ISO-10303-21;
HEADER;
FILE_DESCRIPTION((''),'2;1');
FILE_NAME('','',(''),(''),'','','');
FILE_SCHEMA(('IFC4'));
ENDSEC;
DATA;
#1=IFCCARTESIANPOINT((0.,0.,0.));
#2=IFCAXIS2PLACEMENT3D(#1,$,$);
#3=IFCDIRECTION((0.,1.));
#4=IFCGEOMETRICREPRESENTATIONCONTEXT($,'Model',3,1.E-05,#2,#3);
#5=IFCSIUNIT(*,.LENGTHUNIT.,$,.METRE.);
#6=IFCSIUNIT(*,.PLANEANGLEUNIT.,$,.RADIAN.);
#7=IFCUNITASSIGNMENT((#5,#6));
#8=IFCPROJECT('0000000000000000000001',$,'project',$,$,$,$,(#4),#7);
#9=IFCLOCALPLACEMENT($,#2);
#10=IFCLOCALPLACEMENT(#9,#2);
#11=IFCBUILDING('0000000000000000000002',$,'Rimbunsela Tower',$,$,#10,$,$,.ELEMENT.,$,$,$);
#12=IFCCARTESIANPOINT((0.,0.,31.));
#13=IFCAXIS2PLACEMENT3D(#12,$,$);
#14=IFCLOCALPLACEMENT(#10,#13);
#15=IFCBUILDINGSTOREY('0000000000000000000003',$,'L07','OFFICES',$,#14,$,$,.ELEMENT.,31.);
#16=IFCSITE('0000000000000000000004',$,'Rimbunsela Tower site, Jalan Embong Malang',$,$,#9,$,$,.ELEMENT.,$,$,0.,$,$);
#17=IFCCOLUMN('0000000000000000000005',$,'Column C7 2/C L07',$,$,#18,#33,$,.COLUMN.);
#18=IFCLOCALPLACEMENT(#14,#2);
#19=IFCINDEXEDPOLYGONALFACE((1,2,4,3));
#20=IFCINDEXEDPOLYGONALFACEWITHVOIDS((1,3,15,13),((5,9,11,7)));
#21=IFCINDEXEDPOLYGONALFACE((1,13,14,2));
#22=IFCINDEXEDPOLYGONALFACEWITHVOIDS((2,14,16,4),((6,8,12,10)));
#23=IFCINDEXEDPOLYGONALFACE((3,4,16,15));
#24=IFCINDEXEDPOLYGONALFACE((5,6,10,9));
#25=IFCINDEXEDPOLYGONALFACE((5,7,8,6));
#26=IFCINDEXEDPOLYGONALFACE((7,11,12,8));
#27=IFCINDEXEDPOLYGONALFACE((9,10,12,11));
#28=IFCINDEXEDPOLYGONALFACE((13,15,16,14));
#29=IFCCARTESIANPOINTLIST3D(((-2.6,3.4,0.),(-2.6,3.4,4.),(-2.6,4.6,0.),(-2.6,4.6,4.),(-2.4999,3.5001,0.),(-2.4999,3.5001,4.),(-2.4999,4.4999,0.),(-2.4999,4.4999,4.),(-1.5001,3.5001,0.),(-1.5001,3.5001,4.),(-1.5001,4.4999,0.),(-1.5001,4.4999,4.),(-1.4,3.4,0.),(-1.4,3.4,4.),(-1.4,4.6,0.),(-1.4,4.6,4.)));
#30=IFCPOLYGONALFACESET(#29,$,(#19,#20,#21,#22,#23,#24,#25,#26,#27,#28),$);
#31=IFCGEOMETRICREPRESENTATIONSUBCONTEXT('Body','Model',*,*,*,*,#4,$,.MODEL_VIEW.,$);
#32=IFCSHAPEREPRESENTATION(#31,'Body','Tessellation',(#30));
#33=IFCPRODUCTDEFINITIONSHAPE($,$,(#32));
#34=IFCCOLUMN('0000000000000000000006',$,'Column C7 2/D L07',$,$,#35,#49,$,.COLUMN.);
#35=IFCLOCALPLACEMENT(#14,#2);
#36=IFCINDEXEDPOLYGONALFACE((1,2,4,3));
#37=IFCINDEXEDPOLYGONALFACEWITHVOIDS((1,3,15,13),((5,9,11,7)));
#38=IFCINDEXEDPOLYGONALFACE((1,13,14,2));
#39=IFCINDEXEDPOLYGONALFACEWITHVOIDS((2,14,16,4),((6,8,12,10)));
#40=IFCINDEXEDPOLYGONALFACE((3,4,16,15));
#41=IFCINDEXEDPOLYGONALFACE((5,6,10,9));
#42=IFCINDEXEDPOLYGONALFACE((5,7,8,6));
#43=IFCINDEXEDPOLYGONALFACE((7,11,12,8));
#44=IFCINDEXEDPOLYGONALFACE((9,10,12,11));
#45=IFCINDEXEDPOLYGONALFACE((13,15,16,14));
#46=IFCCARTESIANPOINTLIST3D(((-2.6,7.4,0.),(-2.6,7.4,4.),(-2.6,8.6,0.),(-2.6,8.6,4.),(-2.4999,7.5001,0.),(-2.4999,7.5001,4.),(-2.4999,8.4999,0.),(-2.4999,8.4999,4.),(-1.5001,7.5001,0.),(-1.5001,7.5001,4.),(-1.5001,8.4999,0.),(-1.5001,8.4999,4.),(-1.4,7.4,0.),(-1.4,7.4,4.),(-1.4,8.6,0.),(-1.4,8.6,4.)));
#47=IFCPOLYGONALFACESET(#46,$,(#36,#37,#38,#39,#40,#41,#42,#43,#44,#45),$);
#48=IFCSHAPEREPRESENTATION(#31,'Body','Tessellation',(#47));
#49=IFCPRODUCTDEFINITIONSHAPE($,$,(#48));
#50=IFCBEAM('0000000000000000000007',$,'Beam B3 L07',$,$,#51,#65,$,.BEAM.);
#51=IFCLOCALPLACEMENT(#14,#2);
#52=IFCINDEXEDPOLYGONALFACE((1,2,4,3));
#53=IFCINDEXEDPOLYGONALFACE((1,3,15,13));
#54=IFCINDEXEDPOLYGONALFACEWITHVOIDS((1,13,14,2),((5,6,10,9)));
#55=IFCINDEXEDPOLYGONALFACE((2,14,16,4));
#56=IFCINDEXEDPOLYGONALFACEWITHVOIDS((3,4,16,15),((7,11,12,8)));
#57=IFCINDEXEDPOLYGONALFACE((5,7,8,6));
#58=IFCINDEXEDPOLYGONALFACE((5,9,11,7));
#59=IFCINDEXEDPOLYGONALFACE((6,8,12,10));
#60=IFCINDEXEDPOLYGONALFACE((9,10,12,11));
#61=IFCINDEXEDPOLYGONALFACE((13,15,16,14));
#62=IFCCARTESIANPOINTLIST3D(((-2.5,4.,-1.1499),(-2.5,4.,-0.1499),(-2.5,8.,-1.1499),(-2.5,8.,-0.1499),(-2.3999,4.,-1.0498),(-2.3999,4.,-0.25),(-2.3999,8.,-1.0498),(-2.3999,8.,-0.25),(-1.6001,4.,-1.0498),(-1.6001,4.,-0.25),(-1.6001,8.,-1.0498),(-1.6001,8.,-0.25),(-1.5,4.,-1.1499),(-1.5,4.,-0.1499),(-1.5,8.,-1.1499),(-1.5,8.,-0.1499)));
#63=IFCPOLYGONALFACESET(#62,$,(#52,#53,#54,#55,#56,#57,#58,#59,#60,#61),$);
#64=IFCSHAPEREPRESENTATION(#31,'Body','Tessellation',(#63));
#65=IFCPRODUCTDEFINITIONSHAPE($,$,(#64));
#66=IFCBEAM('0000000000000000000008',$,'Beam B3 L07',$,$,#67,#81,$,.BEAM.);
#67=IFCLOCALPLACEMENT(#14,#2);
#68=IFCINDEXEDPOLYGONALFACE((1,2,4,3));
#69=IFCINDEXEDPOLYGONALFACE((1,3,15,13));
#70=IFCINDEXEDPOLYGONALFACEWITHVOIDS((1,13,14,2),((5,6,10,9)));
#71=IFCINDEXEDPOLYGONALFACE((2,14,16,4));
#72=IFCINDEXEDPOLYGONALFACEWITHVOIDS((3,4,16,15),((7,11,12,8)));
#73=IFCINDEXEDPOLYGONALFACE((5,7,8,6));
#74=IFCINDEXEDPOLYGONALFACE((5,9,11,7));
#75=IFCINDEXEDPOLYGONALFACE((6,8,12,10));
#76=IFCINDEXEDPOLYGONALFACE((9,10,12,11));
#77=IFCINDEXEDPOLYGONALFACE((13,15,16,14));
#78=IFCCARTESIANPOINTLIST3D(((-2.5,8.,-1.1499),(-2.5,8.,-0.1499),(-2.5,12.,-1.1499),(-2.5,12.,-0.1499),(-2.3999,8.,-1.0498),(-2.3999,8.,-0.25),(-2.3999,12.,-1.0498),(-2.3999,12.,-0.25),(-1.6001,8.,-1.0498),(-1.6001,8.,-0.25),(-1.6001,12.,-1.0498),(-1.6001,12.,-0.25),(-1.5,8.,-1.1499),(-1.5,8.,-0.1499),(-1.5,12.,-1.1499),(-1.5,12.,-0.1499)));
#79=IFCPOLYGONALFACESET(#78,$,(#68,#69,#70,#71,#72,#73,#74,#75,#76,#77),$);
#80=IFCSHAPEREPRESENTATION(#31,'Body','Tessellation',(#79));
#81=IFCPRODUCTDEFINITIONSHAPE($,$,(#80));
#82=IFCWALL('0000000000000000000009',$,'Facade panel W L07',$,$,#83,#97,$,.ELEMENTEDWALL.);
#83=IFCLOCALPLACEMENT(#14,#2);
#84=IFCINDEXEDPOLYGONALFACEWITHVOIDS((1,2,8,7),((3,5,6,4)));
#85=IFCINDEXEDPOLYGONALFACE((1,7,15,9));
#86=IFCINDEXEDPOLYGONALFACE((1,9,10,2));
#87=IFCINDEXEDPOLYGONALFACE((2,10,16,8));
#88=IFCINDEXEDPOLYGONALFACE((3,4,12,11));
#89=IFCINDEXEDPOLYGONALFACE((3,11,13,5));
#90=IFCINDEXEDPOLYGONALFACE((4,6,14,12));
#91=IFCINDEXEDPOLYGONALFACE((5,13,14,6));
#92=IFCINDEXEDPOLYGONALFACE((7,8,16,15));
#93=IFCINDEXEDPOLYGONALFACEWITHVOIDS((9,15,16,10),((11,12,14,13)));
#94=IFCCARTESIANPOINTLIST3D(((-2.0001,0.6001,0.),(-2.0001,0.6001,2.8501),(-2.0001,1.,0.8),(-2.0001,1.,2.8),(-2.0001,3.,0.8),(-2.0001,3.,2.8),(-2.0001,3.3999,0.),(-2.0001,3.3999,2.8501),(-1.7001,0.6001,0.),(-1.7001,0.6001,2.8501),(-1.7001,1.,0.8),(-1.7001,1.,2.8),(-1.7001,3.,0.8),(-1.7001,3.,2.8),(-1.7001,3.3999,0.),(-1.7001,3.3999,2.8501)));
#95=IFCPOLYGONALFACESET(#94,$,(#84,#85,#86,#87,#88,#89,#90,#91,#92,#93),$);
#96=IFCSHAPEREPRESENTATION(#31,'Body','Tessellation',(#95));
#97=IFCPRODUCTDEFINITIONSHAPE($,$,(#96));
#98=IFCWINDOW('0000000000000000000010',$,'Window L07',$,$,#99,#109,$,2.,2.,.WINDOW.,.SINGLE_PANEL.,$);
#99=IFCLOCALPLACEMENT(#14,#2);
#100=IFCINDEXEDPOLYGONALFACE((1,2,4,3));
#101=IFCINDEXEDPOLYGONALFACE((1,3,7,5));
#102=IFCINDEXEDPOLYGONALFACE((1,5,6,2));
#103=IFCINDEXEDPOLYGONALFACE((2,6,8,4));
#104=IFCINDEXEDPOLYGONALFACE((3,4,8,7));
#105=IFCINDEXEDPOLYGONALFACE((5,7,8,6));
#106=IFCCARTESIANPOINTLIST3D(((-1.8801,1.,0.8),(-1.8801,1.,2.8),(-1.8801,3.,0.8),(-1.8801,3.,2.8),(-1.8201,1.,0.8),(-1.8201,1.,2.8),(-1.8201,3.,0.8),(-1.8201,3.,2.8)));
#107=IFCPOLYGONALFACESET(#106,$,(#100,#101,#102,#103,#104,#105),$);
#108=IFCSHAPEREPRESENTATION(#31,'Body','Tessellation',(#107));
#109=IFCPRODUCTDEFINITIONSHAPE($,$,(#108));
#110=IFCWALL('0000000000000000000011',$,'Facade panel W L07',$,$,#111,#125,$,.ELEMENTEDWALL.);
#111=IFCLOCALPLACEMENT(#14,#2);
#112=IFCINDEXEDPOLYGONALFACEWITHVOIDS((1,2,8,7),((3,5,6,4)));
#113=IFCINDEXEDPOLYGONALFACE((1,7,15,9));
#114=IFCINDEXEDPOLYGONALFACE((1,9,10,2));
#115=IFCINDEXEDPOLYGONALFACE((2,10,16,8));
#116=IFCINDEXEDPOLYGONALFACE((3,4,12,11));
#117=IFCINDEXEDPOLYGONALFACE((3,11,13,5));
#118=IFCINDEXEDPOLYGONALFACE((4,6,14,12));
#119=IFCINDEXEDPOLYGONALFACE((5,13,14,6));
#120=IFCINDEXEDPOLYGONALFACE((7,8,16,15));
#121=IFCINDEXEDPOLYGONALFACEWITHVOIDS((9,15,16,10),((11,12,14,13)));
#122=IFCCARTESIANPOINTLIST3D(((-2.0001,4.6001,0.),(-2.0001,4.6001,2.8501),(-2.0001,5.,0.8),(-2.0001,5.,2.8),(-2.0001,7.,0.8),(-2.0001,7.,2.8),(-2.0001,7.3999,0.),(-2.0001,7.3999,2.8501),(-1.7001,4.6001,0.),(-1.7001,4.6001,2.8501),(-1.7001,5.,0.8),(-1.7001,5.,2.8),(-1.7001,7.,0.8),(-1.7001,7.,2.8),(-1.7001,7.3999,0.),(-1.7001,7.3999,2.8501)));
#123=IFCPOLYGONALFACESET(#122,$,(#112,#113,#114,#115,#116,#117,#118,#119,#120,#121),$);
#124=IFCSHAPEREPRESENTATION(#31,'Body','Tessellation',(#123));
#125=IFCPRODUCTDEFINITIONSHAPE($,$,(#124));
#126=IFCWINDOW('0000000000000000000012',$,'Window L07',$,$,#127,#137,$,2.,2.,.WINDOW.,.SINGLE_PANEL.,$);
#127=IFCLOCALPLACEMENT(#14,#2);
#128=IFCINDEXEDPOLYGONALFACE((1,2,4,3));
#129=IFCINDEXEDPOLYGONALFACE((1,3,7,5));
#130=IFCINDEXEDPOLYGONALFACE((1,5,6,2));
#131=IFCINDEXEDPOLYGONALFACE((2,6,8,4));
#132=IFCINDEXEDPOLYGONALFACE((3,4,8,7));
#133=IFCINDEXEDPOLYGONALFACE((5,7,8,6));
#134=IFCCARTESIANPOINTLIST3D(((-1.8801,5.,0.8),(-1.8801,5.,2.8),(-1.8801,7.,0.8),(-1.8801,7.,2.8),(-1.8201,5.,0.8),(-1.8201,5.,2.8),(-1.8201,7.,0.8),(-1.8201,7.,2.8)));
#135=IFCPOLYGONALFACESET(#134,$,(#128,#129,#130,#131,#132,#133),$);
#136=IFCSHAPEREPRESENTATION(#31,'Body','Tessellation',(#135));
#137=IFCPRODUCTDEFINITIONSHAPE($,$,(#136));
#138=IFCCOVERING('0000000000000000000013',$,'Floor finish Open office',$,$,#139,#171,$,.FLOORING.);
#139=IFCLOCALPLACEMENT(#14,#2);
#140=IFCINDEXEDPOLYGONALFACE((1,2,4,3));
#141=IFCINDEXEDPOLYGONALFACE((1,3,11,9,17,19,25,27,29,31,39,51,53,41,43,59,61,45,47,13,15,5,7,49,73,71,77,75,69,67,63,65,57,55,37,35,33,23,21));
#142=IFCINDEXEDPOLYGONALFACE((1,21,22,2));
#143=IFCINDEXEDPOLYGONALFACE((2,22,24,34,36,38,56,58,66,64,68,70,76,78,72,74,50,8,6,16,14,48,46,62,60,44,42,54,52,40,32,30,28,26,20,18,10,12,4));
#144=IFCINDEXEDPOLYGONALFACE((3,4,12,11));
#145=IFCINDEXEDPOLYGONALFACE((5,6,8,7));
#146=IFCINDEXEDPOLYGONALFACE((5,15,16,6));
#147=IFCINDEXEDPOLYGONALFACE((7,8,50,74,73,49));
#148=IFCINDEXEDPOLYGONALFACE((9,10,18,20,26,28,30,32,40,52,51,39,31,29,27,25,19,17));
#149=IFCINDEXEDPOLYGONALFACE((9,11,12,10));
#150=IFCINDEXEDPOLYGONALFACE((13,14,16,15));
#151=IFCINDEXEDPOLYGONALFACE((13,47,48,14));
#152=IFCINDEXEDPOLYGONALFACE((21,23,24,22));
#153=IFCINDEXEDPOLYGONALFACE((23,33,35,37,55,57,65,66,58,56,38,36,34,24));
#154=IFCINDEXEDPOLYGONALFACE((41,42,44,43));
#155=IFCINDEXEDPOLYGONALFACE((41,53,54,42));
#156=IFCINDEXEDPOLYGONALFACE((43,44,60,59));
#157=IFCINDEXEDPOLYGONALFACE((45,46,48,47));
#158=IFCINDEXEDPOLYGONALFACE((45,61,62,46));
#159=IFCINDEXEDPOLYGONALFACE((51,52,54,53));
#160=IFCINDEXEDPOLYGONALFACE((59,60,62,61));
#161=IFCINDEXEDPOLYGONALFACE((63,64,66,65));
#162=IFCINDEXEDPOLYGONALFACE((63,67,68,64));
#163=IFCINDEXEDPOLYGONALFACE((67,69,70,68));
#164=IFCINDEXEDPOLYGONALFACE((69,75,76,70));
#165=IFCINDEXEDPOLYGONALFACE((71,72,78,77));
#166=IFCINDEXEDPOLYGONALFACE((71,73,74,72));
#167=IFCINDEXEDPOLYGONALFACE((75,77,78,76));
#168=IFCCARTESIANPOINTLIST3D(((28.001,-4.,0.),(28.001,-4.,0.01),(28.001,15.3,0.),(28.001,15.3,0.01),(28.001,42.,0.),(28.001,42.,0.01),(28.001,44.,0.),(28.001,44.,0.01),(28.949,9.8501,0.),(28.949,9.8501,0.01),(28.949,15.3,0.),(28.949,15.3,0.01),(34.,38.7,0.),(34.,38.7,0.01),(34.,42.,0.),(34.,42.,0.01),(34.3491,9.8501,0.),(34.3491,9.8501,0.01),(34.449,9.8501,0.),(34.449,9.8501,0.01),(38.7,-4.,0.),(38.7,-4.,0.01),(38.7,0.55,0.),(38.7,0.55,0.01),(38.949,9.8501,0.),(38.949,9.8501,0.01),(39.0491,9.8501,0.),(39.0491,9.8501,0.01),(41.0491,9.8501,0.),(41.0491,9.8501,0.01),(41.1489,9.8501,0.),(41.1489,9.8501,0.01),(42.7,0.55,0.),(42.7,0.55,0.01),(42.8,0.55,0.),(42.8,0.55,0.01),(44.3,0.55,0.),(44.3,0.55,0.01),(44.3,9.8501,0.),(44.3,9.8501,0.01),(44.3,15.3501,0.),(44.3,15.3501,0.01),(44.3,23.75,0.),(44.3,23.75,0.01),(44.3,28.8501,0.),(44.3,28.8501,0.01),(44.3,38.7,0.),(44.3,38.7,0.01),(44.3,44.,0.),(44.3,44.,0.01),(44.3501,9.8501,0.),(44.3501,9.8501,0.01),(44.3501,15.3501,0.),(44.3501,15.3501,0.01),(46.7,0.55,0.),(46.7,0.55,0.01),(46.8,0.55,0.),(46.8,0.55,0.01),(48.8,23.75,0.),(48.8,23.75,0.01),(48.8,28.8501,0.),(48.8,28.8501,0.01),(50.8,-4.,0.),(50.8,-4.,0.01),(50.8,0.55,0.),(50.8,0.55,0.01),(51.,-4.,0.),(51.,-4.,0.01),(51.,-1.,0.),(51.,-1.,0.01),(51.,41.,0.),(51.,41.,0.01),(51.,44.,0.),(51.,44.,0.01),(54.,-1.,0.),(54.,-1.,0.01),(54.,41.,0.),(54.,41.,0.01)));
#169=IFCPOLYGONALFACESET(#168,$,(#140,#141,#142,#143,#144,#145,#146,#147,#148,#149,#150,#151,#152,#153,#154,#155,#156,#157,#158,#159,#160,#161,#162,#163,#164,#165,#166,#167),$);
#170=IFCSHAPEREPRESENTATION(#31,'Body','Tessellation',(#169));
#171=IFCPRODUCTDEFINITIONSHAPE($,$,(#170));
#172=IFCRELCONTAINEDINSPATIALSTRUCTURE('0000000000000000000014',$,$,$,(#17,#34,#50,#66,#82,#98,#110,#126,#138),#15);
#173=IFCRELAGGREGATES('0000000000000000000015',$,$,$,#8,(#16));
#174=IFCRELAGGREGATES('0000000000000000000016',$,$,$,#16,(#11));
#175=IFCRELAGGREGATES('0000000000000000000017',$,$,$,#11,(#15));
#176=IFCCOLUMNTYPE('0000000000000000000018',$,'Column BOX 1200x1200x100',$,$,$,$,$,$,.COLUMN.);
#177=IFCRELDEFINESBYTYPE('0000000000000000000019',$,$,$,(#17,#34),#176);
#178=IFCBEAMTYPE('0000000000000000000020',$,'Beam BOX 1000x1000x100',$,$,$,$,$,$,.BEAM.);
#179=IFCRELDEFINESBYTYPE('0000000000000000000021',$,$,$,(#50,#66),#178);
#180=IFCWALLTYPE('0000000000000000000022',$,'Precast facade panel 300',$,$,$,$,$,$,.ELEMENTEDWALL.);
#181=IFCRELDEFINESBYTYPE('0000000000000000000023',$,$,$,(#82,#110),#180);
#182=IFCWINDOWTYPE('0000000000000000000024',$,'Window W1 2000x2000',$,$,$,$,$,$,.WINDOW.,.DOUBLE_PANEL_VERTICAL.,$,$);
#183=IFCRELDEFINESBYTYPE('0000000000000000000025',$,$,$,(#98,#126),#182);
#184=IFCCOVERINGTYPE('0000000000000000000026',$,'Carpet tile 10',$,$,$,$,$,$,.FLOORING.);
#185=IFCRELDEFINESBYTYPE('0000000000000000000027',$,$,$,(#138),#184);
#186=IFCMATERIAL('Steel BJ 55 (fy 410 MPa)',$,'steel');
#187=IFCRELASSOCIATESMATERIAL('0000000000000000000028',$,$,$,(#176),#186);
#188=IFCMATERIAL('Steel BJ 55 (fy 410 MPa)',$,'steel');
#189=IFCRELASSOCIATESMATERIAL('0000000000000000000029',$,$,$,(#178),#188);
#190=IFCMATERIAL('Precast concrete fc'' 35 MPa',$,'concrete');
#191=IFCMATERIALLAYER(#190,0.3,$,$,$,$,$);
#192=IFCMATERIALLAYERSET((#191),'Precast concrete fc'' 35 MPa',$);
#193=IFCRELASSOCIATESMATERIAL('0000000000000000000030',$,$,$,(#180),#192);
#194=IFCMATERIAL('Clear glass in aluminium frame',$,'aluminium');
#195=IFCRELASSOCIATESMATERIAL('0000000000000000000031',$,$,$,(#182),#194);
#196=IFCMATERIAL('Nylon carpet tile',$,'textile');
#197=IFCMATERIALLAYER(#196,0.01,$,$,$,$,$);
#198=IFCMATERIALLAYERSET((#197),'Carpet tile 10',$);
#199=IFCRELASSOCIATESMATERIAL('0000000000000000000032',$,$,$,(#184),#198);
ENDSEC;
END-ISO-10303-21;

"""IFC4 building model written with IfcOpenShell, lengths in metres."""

from ifc_helpers import new_model, si_unit, direction, frame, frame_2d, origin, origin_2d, place, context, subcontext, project, spatial, polyline, rectangle, hollow_rectangle, outline, extrude, material, layer, layer_set, material_profile, profile_set, type_object, element, fill, save


model = new_model("IFC4")

# Units and contexts
model_context = context("Model", 3, precision=1e-05, world=origin(), true_north=direction((0.0, 1.0)))
body_context = subcontext(model_context, "Body", "Model", "MODEL_VIEW")
ifc_project = project(units=[si_unit("LENGTHUNIT", "METRE"), si_unit("PLANEANGLEUNIT", "RADIAN")], contexts=[model_context])

# Site, building, storey
site_placement = place(None, origin())
site = spatial("IfcSite", under=ifc_project, at=site_placement, Name="Rimbunsela Tower site, Jalan Embong Malang", CompositionType="ELEMENT", RefElevation=0.0)
building_placement = place(site_placement, origin())
building = spatial("IfcBuilding", under=site, at=building_placement, Name="Rimbunsela Tower", CompositionType="ELEMENT")
storey_placement = place(building_placement, frame((0.0, 0.0, 31.0)))
storey = spatial("IfcBuildingStorey", under=building, at=storey_placement, Name="L07", Description="OFFICES", CompositionType="ELEMENT", Elevation=31.0)

# Columns
ifc_material_1 = material(Name="Steel BJ 55 (fy 410 MPa)", Category="steel")
ifc_material_profile_1 = material_profile(ifc_material_1, hollow_rectangle(XDim=1.2, YDim=1.2, WallThickness=0.1001, at=origin_2d()), Name="BOX 1200x1200x100")
ifc_profile_set_1 = profile_set([ifc_material_profile_1], Name="Steel BJ 55 (fy 410 MPa)")
column_type = type_object("IfcColumnType", Name="Column BOX 1200x1200x100", PredefinedType="COLUMN", material=ifc_profile_set_1)
for number, where, z_axis, x_axis, name in (
    (1, (-2.0, 4.0, 0.0), (0.0, 0.0, 1.0), (1.0, 0.0, 0.0), "Column C7 2/C L07"),
    (2, (-2.0, 8.0, 0.0), (0.0, 0.0, 1.0), (1.0, 0.0, 0.0), "Column C7 2/D L07"),
):
    element("IfcColumn", number, at=place(storey_placement, frame(where, z_axis=z_axis, x_axis=x_axis)), inside=storey, type_object=column_type, Name=name, PredefinedType="COLUMN", context=body_context, shape_type="SweptSolid", body=[
        extrude(hollow_rectangle(XDim=1.2, YDim=1.2, WallThickness=0.1001, at=origin_2d()), origin(), (0.0, 0.0, 1.0), 4.0),
    ])

# Beams
ifc_material_2 = material(Name="Steel BJ 55 (fy 410 MPa)", Category="steel")
ifc_material_profile_2 = material_profile(ifc_material_2, hollow_rectangle(XDim=1.0, YDim=1.0, WallThickness=0.1001, at=origin_2d()), Name="BOX 1000x1000x100")
ifc_profile_set_2 = profile_set([ifc_material_profile_2], Name="Steel BJ 55 (fy 410 MPa)")
beam_type = type_object("IfcBeamType", Name="Beam BOX 1000x1000x100", PredefinedType="BEAM", material=ifc_profile_set_2)
for number, where, z_axis, x_axis, name in (
    (3, (-2.0, 4.0, -0.6499), (0.0, 1.0, 0.0), (-1.0, 0.0, 0.0), "Beam B3 L07"),
    (4, (-2.0, 8.0, -0.6499), (0.0, 1.0, 0.0), (-1.0, 0.0, 0.0), "Beam B3 L07"),
):
    element("IfcBeam", number, at=place(storey_placement, frame(where, z_axis=z_axis, x_axis=x_axis)), inside=storey, type_object=beam_type, Name=name, PredefinedType="BEAM", context=body_context, shape_type="SweptSolid", body=[
        extrude(hollow_rectangle(XDim=1.0, YDim=1.0, WallThickness=0.1001, at=origin_2d()), origin(), (0.0, 0.0, 1.0), 4.0),
    ])

# Walls, openings, windows
ifc_material_3 = material(Name="Precast concrete fc' 35 MPa", Category="concrete")
ifc_layer_1 = layer(ifc_material_3, 0.3)
ifc_layer_set_1 = layer_set([ifc_layer_1], Name="Precast concrete fc' 35 MPa")
wall_type = type_object("IfcWallType", Name="Precast facade panel 300", PredefinedType="ELEMENTEDWALL", material=ifc_layer_set_1)
wall_1_placement = place(storey_placement, frame((-1.8501, 3.3999, 0.0), z_axis=(0.0, 0.0, 1.0), x_axis=(0.0, -1.0, 0.0)))
wall_1 = element("IfcWall", 5, at=wall_1_placement, inside=storey, type_object=wall_type, Name="Facade panel W L07", PredefinedType="ELEMENTEDWALL", context=body_context, shape_type="SweptSolid", body=[
    extrude(rectangle(XDim=2.7998, YDim=0.3, at=frame_2d((1.3999, 0.0))), origin(), (0.0, 0.0, 1.0), 2.8501),
])
opening_1_placement = place(wall_1_placement, frame((0.3999, 0.0, 0.8)))
opening_1 = element("IfcOpeningElement", 6, at=opening_1_placement, cuts=wall_1, PredefinedType="OPENING", context=body_context, shape_type="SweptSolid", body=[
    extrude(rectangle(XDim=2.0, YDim=2.0, at=frame_2d((1.0, 1.0))), frame((0.0, 0.1599, 0.0), z_axis=(0.0, -1.0, 0.0), x_axis=(1.0, 0.0, 0.0)), (0.0, 0.0, 1.0), 0.3201),
])
ifc_material_4 = material(Name="Clear glass in aluminium frame", Category="aluminium")
window_type = type_object("IfcWindowType", Name="Window W1 2000x2000", PartitioningType="DOUBLE_PANEL_VERTICAL", PredefinedType="WINDOW", material=ifc_material_4)
window_1_placement = place(opening_1_placement, origin())
window_1 = element("IfcWindow", 7, at=window_1_placement, inside=storey, type_object=window_type, Name="Window L07", OverallHeight=2.0, OverallWidth=2.0, PartitioningType="SINGLE_PANEL", PredefinedType="WINDOW", context=body_context, shape_type="SweptSolid", body=[
    extrude(rectangle(XDim=2.0, YDim=2.0, at=frame_2d((1.0, 1.0))), frame((0.0, 0.03, 0.0), z_axis=(0.0, -1.0, 0.0), x_axis=(1.0, 0.0, 0.0)), (0.0, 0.0, 1.0), 0.0601),
])
fill(opening_1, window_1)
wall_2_placement = place(storey_placement, frame((-1.8501, 7.3999, 0.0), z_axis=(0.0, 0.0, 1.0), x_axis=(0.0, -1.0, 0.0)))
wall_2 = element("IfcWall", 8, at=wall_2_placement, inside=storey, type_object=wall_type, Name="Facade panel W L07", PredefinedType="ELEMENTEDWALL", context=body_context, shape_type="SweptSolid", body=[
    extrude(rectangle(XDim=2.7998, YDim=0.3, at=frame_2d((1.3999, 0.0))), origin(), (0.0, 0.0, 1.0), 2.8501),
])
opening_2_placement = place(wall_2_placement, frame((0.3999, 0.0, 0.8)))
opening_2 = element("IfcOpeningElement", 9, at=opening_2_placement, cuts=wall_2, PredefinedType="OPENING", context=body_context, shape_type="SweptSolid", body=[
    extrude(rectangle(XDim=2.0, YDim=2.0, at=frame_2d((1.0, 1.0))), frame((0.0, 0.1599, 0.0), z_axis=(0.0, -1.0, 0.0), x_axis=(1.0, 0.0, 0.0)), (0.0, 0.0, 1.0), 0.3201),
])
window_2_placement = place(opening_2_placement, origin())
window_2 = element("IfcWindow", 10, at=window_2_placement, inside=storey, type_object=window_type, Name="Window L07", OverallHeight=2.0, OverallWidth=2.0, PartitioningType="SINGLE_PANEL", PredefinedType="WINDOW", context=body_context, shape_type="SweptSolid", body=[
    extrude(rectangle(XDim=2.0, YDim=2.0, at=frame_2d((1.0, 1.0))), frame((0.0, 0.03, 0.0), z_axis=(0.0, -1.0, 0.0), x_axis=(1.0, 0.0, 0.0)), (0.0, 0.0, 1.0), 0.0601),
])
fill(opening_2, window_2)

# Covering
ifc_material_5 = material(Name="Nylon carpet tile", Category="textile")
ifc_layer_2 = layer(ifc_material_5, 0.01)
ifc_layer_set_2 = layer_set([ifc_layer_2], Name="Carpet tile 10")
covering_type_1 = type_object("IfcCoveringType", Name="Carpet tile 10", PredefinedType="FLOORING", material=ifc_layer_set_2)
covering_1_placement = place(storey_placement, origin())
element("IfcCovering", 11, at=covering_1_placement, inside=storey, type_object=covering_type_1, Name="Floor finish Open office", PredefinedType="FLOORING", context=body_context, shape_type="SweptSolid", body=[
    extrude(outline(polyline([(42.7, 0.55), (38.7, 0.55), (38.7, -4.0), (28.001, -4.0), (28.001, 15.3), (28.949, 15.3), (28.949, 9.8501), (34.3491, 9.8501), (34.449, 9.8501), (38.949, 9.8501), (39.0491, 9.8501), (41.0491, 9.8501), (41.1489, 9.8501), (44.3, 9.8501), (44.3501, 9.8501), (44.3501, 15.3501), (44.3, 15.3501), (44.3, 23.75), (48.8, 23.75), (48.8, 28.8501), (44.3, 28.8501), (44.3, 38.7), (34.0, 38.7), (34.0, 42.0), (28.001, 42.0), (28.001, 44.0), (44.3, 44.0), (51.0, 44.0), (51.0, 41.0), (54.0, 41.0), (54.0, -1.0), (51.0, -1.0), (51.0, -4.0), (50.8, -4.0), (50.8, 0.55), (46.8, 0.55), (46.7, 0.55), (44.3, 0.55), (42.8, 0.55), (42.7, 0.55)])), origin(), (0.0, 0.0, 1.0), 0.01),
])

save(model, "model.ifc")
